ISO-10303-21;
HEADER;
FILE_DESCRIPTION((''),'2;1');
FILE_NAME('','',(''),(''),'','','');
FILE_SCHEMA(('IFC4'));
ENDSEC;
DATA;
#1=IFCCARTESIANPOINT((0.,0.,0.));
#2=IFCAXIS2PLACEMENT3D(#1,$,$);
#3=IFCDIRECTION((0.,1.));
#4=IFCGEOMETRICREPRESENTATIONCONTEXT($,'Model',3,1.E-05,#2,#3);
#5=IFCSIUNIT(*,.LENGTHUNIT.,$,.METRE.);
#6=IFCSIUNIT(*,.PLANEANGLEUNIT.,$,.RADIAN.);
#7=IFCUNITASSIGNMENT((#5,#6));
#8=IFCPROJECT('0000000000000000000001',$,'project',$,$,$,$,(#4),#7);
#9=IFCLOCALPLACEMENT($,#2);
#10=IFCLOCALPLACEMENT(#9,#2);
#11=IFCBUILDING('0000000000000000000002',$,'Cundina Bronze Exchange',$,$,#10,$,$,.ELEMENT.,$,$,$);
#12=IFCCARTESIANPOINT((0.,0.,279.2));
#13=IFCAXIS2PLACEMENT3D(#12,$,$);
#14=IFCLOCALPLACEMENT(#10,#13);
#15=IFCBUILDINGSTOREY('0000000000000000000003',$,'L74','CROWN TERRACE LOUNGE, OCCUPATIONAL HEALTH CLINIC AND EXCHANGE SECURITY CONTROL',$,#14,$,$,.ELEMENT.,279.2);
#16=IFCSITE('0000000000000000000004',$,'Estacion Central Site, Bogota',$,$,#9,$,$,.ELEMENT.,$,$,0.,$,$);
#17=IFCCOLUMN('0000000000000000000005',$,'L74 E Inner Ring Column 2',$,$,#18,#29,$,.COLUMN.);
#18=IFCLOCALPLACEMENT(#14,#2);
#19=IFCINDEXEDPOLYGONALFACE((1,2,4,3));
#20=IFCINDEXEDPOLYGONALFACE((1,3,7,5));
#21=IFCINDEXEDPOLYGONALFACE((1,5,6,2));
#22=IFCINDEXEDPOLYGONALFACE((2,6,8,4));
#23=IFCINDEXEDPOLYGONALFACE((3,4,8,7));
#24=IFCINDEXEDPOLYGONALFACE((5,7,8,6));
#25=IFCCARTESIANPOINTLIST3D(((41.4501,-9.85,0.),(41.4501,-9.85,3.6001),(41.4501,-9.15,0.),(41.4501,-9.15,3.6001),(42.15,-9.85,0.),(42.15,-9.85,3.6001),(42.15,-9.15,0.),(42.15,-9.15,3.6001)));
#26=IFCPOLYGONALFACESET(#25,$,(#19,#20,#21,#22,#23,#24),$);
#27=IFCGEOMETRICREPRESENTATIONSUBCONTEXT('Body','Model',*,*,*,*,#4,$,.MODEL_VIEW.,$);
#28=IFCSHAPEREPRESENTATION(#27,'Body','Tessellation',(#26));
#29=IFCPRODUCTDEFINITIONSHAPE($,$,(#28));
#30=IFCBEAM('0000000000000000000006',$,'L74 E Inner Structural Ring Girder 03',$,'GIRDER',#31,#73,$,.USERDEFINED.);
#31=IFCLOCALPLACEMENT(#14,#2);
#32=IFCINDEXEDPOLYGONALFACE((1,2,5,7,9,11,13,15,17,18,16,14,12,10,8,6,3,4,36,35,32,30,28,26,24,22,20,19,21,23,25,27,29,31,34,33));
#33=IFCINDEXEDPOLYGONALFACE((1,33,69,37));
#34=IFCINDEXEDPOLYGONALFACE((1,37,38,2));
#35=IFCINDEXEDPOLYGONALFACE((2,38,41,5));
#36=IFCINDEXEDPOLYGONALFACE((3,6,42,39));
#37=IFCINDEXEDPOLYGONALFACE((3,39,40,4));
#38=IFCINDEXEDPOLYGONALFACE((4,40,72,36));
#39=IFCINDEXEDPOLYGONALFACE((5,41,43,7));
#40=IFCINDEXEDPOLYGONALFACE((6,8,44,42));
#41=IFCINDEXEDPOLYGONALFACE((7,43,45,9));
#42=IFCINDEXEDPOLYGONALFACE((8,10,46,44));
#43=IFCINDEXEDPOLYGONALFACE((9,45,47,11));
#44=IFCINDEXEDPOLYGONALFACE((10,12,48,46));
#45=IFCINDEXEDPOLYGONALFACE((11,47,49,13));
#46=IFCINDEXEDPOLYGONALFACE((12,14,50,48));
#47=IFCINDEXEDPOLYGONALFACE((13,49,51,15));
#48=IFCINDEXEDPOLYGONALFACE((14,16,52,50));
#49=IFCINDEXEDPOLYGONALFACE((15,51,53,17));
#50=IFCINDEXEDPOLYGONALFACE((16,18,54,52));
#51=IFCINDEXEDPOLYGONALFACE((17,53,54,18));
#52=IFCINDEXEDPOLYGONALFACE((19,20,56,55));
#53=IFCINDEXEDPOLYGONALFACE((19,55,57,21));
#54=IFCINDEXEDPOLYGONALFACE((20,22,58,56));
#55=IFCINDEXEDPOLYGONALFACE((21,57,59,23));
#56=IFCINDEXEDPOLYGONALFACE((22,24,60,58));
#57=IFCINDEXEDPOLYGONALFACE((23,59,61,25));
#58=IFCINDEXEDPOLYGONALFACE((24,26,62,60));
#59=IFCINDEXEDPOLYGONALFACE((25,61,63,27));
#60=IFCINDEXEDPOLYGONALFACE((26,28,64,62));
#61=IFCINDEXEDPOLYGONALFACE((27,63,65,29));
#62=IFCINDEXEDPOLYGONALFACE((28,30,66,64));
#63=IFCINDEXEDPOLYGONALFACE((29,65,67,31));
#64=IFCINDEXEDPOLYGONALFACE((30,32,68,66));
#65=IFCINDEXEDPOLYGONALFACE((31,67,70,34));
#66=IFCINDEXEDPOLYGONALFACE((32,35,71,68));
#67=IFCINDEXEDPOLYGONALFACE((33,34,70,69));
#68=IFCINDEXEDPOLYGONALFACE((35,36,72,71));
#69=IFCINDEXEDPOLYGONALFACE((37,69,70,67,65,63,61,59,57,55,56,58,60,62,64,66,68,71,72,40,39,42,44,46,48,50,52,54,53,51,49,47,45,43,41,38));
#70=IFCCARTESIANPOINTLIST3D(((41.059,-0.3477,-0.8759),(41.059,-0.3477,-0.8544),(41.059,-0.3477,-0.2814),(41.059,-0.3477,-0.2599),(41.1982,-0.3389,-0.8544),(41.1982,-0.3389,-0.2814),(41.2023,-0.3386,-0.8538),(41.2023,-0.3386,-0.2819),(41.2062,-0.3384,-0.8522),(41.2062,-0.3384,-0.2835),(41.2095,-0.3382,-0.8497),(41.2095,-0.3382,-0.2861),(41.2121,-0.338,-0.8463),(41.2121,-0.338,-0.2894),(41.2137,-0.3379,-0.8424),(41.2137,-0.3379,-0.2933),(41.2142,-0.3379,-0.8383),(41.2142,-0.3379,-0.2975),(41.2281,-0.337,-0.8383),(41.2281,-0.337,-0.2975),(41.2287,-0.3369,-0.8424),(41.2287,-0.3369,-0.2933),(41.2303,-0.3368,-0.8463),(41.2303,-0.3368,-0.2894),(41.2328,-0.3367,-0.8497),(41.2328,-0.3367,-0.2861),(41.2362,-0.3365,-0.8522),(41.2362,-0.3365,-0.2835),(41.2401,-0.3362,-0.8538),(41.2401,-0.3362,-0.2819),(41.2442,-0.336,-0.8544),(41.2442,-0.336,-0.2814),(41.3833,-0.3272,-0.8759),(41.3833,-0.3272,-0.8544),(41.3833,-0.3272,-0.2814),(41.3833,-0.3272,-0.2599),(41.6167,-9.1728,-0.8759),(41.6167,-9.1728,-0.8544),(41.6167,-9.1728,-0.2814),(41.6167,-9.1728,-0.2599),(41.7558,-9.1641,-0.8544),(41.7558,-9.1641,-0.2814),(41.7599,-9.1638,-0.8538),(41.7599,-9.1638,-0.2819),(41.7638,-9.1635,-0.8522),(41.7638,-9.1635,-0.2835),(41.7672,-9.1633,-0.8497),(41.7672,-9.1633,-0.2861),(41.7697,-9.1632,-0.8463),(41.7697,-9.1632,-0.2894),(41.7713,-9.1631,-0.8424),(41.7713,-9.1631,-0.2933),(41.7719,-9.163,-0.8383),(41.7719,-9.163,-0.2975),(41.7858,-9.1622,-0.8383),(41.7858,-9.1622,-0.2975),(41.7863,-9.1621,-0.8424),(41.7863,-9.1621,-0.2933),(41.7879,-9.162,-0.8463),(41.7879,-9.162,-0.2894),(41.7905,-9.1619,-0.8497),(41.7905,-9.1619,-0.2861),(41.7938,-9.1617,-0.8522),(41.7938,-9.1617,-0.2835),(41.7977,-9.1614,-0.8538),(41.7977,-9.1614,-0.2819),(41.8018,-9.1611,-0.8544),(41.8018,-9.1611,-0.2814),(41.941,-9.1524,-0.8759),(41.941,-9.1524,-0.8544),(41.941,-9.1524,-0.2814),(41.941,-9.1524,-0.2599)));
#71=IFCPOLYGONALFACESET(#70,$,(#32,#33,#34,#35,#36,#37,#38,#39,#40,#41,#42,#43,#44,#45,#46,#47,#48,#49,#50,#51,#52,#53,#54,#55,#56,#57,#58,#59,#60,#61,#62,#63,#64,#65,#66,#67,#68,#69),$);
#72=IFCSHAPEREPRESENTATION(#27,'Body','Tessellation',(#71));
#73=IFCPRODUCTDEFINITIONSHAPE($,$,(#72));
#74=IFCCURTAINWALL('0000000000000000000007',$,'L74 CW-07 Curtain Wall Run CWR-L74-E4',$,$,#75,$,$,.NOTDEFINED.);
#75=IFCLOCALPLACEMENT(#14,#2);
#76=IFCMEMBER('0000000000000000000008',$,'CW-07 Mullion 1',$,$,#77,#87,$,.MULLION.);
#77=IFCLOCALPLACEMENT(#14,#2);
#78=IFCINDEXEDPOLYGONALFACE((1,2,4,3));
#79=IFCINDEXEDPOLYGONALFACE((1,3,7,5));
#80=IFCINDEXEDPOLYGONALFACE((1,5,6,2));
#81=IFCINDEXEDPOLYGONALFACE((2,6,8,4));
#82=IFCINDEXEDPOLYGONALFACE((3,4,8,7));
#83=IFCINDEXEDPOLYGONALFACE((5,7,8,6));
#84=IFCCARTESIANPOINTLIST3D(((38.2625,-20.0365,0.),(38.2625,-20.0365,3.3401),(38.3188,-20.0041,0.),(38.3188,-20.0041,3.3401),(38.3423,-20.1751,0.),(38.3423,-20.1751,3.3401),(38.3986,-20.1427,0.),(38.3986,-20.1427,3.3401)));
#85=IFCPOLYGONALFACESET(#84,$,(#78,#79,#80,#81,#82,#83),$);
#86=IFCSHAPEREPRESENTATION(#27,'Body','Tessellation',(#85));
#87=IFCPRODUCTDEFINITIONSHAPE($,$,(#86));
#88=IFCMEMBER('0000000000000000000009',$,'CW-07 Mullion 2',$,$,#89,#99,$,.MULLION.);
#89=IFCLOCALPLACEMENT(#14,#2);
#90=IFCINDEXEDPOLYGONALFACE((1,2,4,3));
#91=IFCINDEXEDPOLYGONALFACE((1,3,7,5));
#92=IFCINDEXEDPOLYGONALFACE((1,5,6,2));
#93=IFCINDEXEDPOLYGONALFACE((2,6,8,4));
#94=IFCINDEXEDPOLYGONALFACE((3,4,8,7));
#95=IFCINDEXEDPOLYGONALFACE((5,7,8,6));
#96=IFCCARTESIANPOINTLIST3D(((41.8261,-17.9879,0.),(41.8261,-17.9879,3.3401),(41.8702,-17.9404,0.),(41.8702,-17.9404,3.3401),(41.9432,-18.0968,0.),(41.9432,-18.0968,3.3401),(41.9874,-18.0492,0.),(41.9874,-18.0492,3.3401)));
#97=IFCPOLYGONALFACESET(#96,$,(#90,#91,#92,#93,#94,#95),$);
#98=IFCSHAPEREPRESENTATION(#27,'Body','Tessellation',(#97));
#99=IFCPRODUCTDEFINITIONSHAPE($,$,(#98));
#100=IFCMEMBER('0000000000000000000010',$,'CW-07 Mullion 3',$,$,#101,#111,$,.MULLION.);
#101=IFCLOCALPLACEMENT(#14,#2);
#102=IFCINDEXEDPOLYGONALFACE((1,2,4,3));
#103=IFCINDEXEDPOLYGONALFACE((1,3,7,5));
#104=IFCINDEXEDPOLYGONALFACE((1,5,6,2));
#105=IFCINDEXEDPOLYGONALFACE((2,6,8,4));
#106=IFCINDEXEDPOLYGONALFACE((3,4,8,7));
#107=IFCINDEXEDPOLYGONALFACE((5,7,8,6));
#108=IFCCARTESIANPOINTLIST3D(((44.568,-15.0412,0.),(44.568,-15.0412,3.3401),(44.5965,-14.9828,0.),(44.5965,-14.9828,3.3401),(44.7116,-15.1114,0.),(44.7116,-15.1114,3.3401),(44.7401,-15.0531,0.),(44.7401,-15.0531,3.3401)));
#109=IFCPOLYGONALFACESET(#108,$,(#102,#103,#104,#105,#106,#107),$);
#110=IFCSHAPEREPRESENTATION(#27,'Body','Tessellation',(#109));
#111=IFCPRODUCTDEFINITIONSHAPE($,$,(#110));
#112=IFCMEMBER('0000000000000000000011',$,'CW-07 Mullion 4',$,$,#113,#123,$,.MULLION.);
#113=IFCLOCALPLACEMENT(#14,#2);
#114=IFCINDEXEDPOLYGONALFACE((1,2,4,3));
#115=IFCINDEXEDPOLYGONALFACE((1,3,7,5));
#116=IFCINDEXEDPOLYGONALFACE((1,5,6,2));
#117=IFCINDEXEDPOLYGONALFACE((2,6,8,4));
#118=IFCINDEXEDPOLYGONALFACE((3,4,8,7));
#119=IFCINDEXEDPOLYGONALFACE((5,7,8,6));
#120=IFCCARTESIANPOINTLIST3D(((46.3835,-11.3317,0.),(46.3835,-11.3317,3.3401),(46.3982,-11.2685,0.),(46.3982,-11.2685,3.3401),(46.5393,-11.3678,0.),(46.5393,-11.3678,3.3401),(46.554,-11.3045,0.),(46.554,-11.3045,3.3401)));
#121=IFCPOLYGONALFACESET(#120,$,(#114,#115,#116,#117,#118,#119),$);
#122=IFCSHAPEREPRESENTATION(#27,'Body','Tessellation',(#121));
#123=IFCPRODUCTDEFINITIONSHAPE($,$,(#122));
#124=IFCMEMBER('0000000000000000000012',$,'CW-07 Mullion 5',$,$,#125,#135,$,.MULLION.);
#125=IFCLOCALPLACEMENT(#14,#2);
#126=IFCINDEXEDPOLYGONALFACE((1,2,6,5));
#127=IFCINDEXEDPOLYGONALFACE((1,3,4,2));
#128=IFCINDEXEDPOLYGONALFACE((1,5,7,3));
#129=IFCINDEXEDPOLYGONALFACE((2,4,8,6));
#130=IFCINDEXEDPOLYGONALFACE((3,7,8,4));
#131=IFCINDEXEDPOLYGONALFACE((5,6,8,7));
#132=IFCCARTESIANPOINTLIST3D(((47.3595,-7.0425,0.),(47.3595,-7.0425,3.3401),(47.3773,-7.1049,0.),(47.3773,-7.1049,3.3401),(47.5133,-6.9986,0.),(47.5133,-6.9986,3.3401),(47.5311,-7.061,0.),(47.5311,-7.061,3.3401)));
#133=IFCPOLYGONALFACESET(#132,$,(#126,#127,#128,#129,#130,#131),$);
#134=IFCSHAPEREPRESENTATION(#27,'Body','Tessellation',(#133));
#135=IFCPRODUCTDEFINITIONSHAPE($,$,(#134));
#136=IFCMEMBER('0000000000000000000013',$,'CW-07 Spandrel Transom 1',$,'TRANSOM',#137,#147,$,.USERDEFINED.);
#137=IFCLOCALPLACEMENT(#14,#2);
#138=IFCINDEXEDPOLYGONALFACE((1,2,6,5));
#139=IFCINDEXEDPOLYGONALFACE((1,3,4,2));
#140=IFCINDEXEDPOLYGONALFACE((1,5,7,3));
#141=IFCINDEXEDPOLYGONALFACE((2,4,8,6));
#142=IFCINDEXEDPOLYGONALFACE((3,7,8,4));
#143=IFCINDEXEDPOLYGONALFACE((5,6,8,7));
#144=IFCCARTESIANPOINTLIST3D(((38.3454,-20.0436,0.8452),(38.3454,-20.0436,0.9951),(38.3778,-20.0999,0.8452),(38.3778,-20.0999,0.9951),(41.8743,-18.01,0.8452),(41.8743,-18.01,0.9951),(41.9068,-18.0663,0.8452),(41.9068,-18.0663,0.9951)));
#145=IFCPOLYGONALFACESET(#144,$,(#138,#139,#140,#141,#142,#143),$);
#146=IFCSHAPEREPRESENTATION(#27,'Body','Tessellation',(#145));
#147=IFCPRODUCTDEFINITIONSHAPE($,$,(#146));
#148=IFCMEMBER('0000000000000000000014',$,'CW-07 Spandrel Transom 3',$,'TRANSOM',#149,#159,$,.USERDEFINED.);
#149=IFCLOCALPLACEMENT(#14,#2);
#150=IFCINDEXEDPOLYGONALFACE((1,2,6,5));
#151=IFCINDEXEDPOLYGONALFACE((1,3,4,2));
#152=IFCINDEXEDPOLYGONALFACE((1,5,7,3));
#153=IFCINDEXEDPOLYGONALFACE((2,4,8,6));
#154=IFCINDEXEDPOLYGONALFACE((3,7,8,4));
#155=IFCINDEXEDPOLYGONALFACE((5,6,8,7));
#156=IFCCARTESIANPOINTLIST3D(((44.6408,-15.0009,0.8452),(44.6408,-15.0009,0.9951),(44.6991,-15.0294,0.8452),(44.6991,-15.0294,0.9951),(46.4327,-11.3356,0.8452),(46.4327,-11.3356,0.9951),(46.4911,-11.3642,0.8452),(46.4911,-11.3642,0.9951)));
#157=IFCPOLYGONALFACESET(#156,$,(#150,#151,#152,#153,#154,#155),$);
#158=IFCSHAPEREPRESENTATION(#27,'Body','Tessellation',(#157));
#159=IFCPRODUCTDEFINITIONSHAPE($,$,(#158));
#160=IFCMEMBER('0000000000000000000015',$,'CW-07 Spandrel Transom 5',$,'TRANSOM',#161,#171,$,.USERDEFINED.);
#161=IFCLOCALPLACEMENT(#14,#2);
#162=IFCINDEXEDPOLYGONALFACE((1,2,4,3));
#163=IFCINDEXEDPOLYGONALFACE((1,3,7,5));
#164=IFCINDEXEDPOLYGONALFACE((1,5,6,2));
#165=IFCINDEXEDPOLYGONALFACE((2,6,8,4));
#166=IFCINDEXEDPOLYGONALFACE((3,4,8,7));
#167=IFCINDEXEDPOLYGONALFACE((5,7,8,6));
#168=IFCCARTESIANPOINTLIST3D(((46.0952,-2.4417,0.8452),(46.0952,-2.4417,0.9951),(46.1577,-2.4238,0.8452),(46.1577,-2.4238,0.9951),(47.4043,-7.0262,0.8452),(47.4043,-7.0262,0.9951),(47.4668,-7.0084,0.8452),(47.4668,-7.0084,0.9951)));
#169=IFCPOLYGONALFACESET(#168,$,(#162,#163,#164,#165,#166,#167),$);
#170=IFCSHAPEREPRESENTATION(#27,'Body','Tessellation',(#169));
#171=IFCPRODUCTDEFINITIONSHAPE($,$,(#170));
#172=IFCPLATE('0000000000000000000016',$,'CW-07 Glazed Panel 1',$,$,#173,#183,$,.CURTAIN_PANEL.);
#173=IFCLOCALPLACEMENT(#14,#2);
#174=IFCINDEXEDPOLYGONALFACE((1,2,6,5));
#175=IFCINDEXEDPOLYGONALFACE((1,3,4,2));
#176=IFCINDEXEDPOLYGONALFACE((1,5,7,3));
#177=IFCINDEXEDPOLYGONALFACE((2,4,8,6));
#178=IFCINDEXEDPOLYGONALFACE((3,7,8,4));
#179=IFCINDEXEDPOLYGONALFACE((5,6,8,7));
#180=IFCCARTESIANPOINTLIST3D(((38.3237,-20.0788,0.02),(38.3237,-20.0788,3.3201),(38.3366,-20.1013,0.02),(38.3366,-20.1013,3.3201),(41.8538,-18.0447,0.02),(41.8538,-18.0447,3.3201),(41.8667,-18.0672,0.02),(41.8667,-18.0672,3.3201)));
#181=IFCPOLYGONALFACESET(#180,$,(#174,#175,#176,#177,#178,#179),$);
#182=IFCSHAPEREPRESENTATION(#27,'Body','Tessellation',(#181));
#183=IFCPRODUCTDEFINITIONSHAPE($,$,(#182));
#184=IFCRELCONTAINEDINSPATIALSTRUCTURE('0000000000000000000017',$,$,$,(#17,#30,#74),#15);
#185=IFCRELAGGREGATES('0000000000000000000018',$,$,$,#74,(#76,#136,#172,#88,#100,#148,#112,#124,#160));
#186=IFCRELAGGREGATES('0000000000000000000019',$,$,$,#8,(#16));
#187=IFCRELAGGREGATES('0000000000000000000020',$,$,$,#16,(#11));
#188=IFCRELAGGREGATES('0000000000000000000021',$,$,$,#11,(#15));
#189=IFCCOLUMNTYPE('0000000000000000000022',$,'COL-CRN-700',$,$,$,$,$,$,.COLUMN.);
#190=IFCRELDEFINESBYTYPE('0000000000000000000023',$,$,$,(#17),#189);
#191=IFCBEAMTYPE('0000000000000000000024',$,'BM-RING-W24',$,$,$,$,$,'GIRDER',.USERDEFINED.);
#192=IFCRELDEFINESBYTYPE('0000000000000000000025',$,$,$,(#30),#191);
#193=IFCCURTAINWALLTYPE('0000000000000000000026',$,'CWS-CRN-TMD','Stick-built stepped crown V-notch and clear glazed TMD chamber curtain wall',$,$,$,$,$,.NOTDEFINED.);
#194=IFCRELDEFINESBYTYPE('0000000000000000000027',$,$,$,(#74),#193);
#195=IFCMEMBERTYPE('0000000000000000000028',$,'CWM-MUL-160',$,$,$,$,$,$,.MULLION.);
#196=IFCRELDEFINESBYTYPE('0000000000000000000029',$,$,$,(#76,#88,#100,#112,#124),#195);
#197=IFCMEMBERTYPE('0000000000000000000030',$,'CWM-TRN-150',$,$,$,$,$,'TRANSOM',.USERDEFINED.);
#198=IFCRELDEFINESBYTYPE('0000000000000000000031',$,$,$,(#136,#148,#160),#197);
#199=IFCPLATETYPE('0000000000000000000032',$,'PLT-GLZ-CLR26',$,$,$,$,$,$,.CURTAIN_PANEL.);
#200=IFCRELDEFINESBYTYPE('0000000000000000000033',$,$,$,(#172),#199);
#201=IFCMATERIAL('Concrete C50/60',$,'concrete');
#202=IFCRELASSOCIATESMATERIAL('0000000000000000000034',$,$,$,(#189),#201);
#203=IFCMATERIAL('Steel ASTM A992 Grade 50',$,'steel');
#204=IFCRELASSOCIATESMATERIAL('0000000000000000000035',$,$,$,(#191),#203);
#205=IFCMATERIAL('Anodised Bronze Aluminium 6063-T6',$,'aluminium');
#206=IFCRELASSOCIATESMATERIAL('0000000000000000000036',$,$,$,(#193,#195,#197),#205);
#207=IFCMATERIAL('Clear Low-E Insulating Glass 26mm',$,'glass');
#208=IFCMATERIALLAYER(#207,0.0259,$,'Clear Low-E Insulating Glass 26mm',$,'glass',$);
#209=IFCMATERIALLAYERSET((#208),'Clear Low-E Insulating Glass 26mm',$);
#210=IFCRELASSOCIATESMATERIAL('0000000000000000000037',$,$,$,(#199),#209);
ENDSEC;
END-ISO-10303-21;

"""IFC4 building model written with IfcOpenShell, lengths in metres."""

from ifc_helpers import new_model, si_unit, direction, frame, origin, origin_2d, place, context, subcontext, project, spatial, rectangle, i_section, extrude, material, layer, layer_set, material_profile, profile_set, type_object, element, aggregate, save


model = new_model("IFC4")

# Units and contexts
model_context = context("Model", 3, precision=1e-05, world=origin(), true_north=direction((0.0, 1.0)))
body_context = subcontext(model_context, "Body", "Model", "MODEL_VIEW")
ifc_project = project(units=[si_unit("LENGTHUNIT", "METRE"), si_unit("PLANEANGLEUNIT", "RADIAN")], contexts=[model_context])

# Site, building, storey
site_placement = place(None, origin())
site = spatial("IfcSite", under=ifc_project, at=site_placement, Name="Estacion Central Site, Bogota", CompositionType="ELEMENT", RefElevation=0.0)
building_placement = place(site_placement, origin())
building = spatial("IfcBuilding", under=site, at=building_placement, Name="Cundina Bronze Exchange", CompositionType="ELEMENT")
storey_placement = place(building_placement, frame((0.0, 0.0, 279.2)))
storey = spatial("IfcBuildingStorey", under=building, at=storey_placement, Name="L74", Description="CROWN TERRACE LOUNGE, OCCUPATIONAL HEALTH CLINIC AND EXCHANGE SECURITY CONTROL", CompositionType="ELEMENT", Elevation=279.2)

# Column
ifc_material_1 = material(Name="Concrete C50/60", Category="concrete")
ifc_material_profile_1 = material_profile(ifc_material_1, rectangle(XDim=0.7, YDim=0.7, at=origin_2d()), Name="RC700X700", Category="concrete")
ifc_profile_set_1 = profile_set([ifc_material_profile_1], Name="Concrete C50/60")
column_type = type_object("IfcColumnType", Name="COL-CRN-700", PredefinedType="COLUMN", material=ifc_profile_set_1)
column_placement = place(storey_placement, frame((41.8, -9.5, 0.0), z_axis=(0.0, 0.0, 1.0), x_axis=(1.0, 0.0, 0.0)))
element("IfcColumn", 1, at=column_placement, inside=storey, type_object=column_type, Name="L74 E Inner Ring Column 2", PredefinedType="COLUMN", context=body_context, shape_type="SweptSolid", body=[
    extrude(rectangle(XDim=0.7, YDim=0.7, at=origin_2d()), origin(), (0.0, 0.0, 1.0), 3.6001),
])

# Beam
ifc_material_2 = material(Name="Steel ASTM A992 Grade 50", Category="steel")
ifc_material_profile_2 = material_profile(ifc_material_2, i_section(OverallWidth=0.325, OverallDepth=0.616, WebThickness=0.0139, FlangeThickness=0.0215, FilletRadius=0.0161, at=origin_2d()), Name="W24X117", Category="steel")
ifc_profile_set_2 = profile_set([ifc_material_profile_2], Name="Steel ASTM A992 Grade 50")
beam_type = type_object("IfcBeamType", Name="BM-RING-W24", ElementType="GIRDER", PredefinedType="USERDEFINED", material=ifc_profile_set_2)
beam_placement = place(storey_placement, frame((41.7788, -9.1626, -0.5679), z_axis=(-0.063059, 0.99801, 0.0), x_axis=(-0.99801, -0.063059, 0.0)))
element("IfcBeam", 2, at=beam_placement, inside=storey, type_object=beam_type, Name="L74 E Inner Structural Ring Girder 03", ObjectType="GIRDER", PredefinedType="USERDEFINED", context=body_context, shape_type="SweptSolid", body=[
    extrude(i_section(OverallWidth=0.325, OverallDepth=0.616, WebThickness=0.0139, FlangeThickness=0.0215, FilletRadius=0.0161, at=origin_2d()), origin(), (0.0, 0.0, 1.0), 8.8428),
])

# Curtain wall, members, plate
ifc_material_3 = material(Name="Anodised Bronze Aluminium 6063-T6", Category="aluminium")
curtain_wall_type = type_object("IfcCurtainWallType", Name="CWS-CRN-TMD", Description="Stick-built stepped crown V-notch and clear glazed TMD chamber curtain wall", PredefinedType="NOTDEFINED", material=ifc_material_3)
curtain_wall_placement = place(storey_placement, origin())
curtain_wall = element("IfcCurtainWall", 3, at=curtain_wall_placement, inside=storey, type_object=curtain_wall_type, Name="L74 CW-07 Curtain Wall Run CWR-L74-E4", PredefinedType="NOTDEFINED")
ifc_material_profile_3 = material_profile(ifc_material_3, rectangle(XDim=0.0649, YDim=0.1599, at=origin_2d()), Name="AL65X160", Category="aluminium")
ifc_profile_set_3 = profile_set([ifc_material_profile_3], Name="Anodised Bronze Aluminium 6063-T6")
member_type_1 = type_object("IfcMemberType", Name="CWM-MUL-160", PredefinedType="MULLION", material=ifc_profile_set_3)
member_1_placement = place(storey_placement, frame((38.3306, -20.0896, 0.0), z_axis=(0.0, 0.0, 1.0), x_axis=(0.866461, 0.499244, 0.0)))
member_1 = element("IfcMember", 4, at=member_1_placement, type_object=member_type_1, Name="CW-07 Mullion 1", PredefinedType="MULLION", context=body_context, shape_type="SweptSolid", body=[
    extrude(rectangle(XDim=0.0649, YDim=0.1599, at=origin_2d()), origin(), (0.0, 0.0, 1.0), 3.3401),
])
member_2_placement = place(storey_placement, frame((41.9067, -18.0186, 0.0), z_axis=(0.0, 0.0, 1.0), x_axis=(0.680465, 0.73278, 0.0)))
member_2 = element("IfcMember", 5, at=member_2_placement, type_object=member_type_1, Name="CW-07 Mullion 2", PredefinedType="MULLION", context=body_context, shape_type="SweptSolid", body=[
    extrude(rectangle(XDim=0.0649, YDim=0.1599, at=origin_2d()), origin(), (0.0, 0.0, 1.0), 3.3401),
])
member_3_placement = place(storey_placement, frame((44.6541, -15.0471, 0.0), z_axis=(0.0, 0.0, 1.0), x_axis=(0.439155, 0.898411, 0.0)))
member_3 = element("IfcMember", 6, at=member_3_placement, type_object=member_type_1, Name="CW-07 Mullion 3", PredefinedType="MULLION", context=body_context, shape_type="SweptSolid", body=[
    extrude(rectangle(XDim=0.0649, YDim=0.1599, at=origin_2d()), origin(), (0.0, 0.0, 1.0), 3.3401),
])
member_4_placement = place(storey_placement, frame((46.4688, -11.3181, 0.0), z_axis=(0.0, 0.0, 1.0), x_axis=(0.225291, 0.974291, 0.0)))
member_4 = element("IfcMember", 7, at=member_4_placement, type_object=member_type_1, Name="CW-07 Mullion 4", PredefinedType="MULLION", context=body_context, shape_type="SweptSolid", body=[
    extrude(rectangle(XDim=0.0649, YDim=0.1599, at=origin_2d()), origin(), (0.0, 0.0, 1.0), 3.3401),
])
member_5_placement = place(storey_placement, frame((47.4453, -7.0518, 0.0), z_axis=(0.0, 0.0, 1.0), x_axis=(-0.274631, 0.96155, 0.0)))
member_5 = element("IfcMember", 8, at=member_5_placement, type_object=member_type_1, Name="CW-07 Mullion 5", PredefinedType="MULLION", context=body_context, shape_type="SweptSolid", body=[
    extrude(rectangle(XDim=0.0649, YDim=0.1599, at=origin_2d()), origin(), (0.0, 0.0, 1.0), 3.3401),
])
ifc_material_profile_4 = material_profile(ifc_material_3, rectangle(XDim=0.0649, YDim=0.1499, at=origin_2d()), Name="AL65X150", Category="aluminium")
ifc_profile_set_4 = profile_set([ifc_material_profile_4], Name="Anodised Bronze Aluminium 6063-T6")
member_type_2 = type_object("IfcMemberType", Name="CWM-TRN-150", ElementType="TRANSOM", PredefinedType="USERDEFINED", material=ifc_profile_set_4)
member_6_placement = place(storey_placement, frame((38.3616, -20.0718, 0.9202), z_axis=(0.86643, 0.499299, 0.0), x_axis=(-0.499299, 0.86643, 0.0)))
member_6 = element("IfcMember", 9, at=member_6_placement, type_object=member_type_2, Name="CW-07 Spandrel Transom 1", ObjectType="TRANSOM", PredefinedType="USERDEFINED", context=body_context, shape_type="SweptSolid", body=[
    extrude(rectangle(XDim=0.0649, YDim=0.1499, at=origin_2d()), origin(), (0.0, 0.0, 1.0), 4.073),
])
member_7_placement = place(storey_placement, frame((44.6699, -15.0151, 0.9202), z_axis=(0.439225, 0.898377, 0.0), x_axis=(-0.898377, 0.439225, 0.0)))
member_7 = element("IfcMember", 10, at=member_7_placement, type_object=member_type_2, Name="CW-07 Spandrel Transom 3", ObjectType="TRANSOM", PredefinedType="USERDEFINED", context=body_context, shape_type="SweptSolid", body=[
    extrude(rectangle(XDim=0.0649, YDim=0.1499, at=origin_2d()), origin(), (0.0, 0.0, 1.0), 4.0798),
])
member_8_placement = place(storey_placement, frame((47.4355, -7.0173, 0.9202), z_axis=(-0.274572, 0.961566, 0.0), x_axis=(-0.961566, -0.274572, 0.0)))
member_8 = element("IfcMember", 11, at=member_8_placement, type_object=member_type_2, Name="CW-07 Spandrel Transom 5", ObjectType="TRANSOM", PredefinedType="USERDEFINED", context=body_context, shape_type="SweptSolid", body=[
    extrude(rectangle(XDim=0.0649, YDim=0.1499, at=origin_2d()), origin(), (0.0, 0.0, 1.0), 4.7678),
])
ifc_material_4 = material(Name="Clear Low-E Insulating Glass 26mm", Category="glass")
ifc_layer_1 = layer(ifc_material_4, 0.0259, Name="Clear Low-E Insulating Glass 26mm", Category="glass")
ifc_layer_set_1 = layer_set([ifc_layer_1], Name="Clear Low-E Insulating Glass 26mm")
plate_type_1 = type_object("IfcPlateType", Name="PLT-GLZ-CLR26", PredefinedType="CURTAIN_PANEL", material=ifc_layer_set_1)
plate_1_placement = place(storey_placement, frame((40.0952, -19.073, 0.02), z_axis=(0.0, 0.0, 1.0), x_axis=(0.866453, 0.499259, 0.0)))
plate_1 = element("IfcPlate", 12, at=plate_1_placement, type_object=plate_type_1, Name="CW-07 Glazed Panel 1", PredefinedType="CURTAIN_PANEL", context=body_context, shape_type="SweptSolid", body=[
    extrude(rectangle(XDim=4.0742, YDim=0.0259, at=origin_2d()), origin(), (0.0, 0.0, 1.0), 3.3),
])
aggregate(curtain_wall, [member_1, member_6, plate_1, member_2, member_3, member_7, member_4, member_5, member_8])

save(model, "model.ifc")
